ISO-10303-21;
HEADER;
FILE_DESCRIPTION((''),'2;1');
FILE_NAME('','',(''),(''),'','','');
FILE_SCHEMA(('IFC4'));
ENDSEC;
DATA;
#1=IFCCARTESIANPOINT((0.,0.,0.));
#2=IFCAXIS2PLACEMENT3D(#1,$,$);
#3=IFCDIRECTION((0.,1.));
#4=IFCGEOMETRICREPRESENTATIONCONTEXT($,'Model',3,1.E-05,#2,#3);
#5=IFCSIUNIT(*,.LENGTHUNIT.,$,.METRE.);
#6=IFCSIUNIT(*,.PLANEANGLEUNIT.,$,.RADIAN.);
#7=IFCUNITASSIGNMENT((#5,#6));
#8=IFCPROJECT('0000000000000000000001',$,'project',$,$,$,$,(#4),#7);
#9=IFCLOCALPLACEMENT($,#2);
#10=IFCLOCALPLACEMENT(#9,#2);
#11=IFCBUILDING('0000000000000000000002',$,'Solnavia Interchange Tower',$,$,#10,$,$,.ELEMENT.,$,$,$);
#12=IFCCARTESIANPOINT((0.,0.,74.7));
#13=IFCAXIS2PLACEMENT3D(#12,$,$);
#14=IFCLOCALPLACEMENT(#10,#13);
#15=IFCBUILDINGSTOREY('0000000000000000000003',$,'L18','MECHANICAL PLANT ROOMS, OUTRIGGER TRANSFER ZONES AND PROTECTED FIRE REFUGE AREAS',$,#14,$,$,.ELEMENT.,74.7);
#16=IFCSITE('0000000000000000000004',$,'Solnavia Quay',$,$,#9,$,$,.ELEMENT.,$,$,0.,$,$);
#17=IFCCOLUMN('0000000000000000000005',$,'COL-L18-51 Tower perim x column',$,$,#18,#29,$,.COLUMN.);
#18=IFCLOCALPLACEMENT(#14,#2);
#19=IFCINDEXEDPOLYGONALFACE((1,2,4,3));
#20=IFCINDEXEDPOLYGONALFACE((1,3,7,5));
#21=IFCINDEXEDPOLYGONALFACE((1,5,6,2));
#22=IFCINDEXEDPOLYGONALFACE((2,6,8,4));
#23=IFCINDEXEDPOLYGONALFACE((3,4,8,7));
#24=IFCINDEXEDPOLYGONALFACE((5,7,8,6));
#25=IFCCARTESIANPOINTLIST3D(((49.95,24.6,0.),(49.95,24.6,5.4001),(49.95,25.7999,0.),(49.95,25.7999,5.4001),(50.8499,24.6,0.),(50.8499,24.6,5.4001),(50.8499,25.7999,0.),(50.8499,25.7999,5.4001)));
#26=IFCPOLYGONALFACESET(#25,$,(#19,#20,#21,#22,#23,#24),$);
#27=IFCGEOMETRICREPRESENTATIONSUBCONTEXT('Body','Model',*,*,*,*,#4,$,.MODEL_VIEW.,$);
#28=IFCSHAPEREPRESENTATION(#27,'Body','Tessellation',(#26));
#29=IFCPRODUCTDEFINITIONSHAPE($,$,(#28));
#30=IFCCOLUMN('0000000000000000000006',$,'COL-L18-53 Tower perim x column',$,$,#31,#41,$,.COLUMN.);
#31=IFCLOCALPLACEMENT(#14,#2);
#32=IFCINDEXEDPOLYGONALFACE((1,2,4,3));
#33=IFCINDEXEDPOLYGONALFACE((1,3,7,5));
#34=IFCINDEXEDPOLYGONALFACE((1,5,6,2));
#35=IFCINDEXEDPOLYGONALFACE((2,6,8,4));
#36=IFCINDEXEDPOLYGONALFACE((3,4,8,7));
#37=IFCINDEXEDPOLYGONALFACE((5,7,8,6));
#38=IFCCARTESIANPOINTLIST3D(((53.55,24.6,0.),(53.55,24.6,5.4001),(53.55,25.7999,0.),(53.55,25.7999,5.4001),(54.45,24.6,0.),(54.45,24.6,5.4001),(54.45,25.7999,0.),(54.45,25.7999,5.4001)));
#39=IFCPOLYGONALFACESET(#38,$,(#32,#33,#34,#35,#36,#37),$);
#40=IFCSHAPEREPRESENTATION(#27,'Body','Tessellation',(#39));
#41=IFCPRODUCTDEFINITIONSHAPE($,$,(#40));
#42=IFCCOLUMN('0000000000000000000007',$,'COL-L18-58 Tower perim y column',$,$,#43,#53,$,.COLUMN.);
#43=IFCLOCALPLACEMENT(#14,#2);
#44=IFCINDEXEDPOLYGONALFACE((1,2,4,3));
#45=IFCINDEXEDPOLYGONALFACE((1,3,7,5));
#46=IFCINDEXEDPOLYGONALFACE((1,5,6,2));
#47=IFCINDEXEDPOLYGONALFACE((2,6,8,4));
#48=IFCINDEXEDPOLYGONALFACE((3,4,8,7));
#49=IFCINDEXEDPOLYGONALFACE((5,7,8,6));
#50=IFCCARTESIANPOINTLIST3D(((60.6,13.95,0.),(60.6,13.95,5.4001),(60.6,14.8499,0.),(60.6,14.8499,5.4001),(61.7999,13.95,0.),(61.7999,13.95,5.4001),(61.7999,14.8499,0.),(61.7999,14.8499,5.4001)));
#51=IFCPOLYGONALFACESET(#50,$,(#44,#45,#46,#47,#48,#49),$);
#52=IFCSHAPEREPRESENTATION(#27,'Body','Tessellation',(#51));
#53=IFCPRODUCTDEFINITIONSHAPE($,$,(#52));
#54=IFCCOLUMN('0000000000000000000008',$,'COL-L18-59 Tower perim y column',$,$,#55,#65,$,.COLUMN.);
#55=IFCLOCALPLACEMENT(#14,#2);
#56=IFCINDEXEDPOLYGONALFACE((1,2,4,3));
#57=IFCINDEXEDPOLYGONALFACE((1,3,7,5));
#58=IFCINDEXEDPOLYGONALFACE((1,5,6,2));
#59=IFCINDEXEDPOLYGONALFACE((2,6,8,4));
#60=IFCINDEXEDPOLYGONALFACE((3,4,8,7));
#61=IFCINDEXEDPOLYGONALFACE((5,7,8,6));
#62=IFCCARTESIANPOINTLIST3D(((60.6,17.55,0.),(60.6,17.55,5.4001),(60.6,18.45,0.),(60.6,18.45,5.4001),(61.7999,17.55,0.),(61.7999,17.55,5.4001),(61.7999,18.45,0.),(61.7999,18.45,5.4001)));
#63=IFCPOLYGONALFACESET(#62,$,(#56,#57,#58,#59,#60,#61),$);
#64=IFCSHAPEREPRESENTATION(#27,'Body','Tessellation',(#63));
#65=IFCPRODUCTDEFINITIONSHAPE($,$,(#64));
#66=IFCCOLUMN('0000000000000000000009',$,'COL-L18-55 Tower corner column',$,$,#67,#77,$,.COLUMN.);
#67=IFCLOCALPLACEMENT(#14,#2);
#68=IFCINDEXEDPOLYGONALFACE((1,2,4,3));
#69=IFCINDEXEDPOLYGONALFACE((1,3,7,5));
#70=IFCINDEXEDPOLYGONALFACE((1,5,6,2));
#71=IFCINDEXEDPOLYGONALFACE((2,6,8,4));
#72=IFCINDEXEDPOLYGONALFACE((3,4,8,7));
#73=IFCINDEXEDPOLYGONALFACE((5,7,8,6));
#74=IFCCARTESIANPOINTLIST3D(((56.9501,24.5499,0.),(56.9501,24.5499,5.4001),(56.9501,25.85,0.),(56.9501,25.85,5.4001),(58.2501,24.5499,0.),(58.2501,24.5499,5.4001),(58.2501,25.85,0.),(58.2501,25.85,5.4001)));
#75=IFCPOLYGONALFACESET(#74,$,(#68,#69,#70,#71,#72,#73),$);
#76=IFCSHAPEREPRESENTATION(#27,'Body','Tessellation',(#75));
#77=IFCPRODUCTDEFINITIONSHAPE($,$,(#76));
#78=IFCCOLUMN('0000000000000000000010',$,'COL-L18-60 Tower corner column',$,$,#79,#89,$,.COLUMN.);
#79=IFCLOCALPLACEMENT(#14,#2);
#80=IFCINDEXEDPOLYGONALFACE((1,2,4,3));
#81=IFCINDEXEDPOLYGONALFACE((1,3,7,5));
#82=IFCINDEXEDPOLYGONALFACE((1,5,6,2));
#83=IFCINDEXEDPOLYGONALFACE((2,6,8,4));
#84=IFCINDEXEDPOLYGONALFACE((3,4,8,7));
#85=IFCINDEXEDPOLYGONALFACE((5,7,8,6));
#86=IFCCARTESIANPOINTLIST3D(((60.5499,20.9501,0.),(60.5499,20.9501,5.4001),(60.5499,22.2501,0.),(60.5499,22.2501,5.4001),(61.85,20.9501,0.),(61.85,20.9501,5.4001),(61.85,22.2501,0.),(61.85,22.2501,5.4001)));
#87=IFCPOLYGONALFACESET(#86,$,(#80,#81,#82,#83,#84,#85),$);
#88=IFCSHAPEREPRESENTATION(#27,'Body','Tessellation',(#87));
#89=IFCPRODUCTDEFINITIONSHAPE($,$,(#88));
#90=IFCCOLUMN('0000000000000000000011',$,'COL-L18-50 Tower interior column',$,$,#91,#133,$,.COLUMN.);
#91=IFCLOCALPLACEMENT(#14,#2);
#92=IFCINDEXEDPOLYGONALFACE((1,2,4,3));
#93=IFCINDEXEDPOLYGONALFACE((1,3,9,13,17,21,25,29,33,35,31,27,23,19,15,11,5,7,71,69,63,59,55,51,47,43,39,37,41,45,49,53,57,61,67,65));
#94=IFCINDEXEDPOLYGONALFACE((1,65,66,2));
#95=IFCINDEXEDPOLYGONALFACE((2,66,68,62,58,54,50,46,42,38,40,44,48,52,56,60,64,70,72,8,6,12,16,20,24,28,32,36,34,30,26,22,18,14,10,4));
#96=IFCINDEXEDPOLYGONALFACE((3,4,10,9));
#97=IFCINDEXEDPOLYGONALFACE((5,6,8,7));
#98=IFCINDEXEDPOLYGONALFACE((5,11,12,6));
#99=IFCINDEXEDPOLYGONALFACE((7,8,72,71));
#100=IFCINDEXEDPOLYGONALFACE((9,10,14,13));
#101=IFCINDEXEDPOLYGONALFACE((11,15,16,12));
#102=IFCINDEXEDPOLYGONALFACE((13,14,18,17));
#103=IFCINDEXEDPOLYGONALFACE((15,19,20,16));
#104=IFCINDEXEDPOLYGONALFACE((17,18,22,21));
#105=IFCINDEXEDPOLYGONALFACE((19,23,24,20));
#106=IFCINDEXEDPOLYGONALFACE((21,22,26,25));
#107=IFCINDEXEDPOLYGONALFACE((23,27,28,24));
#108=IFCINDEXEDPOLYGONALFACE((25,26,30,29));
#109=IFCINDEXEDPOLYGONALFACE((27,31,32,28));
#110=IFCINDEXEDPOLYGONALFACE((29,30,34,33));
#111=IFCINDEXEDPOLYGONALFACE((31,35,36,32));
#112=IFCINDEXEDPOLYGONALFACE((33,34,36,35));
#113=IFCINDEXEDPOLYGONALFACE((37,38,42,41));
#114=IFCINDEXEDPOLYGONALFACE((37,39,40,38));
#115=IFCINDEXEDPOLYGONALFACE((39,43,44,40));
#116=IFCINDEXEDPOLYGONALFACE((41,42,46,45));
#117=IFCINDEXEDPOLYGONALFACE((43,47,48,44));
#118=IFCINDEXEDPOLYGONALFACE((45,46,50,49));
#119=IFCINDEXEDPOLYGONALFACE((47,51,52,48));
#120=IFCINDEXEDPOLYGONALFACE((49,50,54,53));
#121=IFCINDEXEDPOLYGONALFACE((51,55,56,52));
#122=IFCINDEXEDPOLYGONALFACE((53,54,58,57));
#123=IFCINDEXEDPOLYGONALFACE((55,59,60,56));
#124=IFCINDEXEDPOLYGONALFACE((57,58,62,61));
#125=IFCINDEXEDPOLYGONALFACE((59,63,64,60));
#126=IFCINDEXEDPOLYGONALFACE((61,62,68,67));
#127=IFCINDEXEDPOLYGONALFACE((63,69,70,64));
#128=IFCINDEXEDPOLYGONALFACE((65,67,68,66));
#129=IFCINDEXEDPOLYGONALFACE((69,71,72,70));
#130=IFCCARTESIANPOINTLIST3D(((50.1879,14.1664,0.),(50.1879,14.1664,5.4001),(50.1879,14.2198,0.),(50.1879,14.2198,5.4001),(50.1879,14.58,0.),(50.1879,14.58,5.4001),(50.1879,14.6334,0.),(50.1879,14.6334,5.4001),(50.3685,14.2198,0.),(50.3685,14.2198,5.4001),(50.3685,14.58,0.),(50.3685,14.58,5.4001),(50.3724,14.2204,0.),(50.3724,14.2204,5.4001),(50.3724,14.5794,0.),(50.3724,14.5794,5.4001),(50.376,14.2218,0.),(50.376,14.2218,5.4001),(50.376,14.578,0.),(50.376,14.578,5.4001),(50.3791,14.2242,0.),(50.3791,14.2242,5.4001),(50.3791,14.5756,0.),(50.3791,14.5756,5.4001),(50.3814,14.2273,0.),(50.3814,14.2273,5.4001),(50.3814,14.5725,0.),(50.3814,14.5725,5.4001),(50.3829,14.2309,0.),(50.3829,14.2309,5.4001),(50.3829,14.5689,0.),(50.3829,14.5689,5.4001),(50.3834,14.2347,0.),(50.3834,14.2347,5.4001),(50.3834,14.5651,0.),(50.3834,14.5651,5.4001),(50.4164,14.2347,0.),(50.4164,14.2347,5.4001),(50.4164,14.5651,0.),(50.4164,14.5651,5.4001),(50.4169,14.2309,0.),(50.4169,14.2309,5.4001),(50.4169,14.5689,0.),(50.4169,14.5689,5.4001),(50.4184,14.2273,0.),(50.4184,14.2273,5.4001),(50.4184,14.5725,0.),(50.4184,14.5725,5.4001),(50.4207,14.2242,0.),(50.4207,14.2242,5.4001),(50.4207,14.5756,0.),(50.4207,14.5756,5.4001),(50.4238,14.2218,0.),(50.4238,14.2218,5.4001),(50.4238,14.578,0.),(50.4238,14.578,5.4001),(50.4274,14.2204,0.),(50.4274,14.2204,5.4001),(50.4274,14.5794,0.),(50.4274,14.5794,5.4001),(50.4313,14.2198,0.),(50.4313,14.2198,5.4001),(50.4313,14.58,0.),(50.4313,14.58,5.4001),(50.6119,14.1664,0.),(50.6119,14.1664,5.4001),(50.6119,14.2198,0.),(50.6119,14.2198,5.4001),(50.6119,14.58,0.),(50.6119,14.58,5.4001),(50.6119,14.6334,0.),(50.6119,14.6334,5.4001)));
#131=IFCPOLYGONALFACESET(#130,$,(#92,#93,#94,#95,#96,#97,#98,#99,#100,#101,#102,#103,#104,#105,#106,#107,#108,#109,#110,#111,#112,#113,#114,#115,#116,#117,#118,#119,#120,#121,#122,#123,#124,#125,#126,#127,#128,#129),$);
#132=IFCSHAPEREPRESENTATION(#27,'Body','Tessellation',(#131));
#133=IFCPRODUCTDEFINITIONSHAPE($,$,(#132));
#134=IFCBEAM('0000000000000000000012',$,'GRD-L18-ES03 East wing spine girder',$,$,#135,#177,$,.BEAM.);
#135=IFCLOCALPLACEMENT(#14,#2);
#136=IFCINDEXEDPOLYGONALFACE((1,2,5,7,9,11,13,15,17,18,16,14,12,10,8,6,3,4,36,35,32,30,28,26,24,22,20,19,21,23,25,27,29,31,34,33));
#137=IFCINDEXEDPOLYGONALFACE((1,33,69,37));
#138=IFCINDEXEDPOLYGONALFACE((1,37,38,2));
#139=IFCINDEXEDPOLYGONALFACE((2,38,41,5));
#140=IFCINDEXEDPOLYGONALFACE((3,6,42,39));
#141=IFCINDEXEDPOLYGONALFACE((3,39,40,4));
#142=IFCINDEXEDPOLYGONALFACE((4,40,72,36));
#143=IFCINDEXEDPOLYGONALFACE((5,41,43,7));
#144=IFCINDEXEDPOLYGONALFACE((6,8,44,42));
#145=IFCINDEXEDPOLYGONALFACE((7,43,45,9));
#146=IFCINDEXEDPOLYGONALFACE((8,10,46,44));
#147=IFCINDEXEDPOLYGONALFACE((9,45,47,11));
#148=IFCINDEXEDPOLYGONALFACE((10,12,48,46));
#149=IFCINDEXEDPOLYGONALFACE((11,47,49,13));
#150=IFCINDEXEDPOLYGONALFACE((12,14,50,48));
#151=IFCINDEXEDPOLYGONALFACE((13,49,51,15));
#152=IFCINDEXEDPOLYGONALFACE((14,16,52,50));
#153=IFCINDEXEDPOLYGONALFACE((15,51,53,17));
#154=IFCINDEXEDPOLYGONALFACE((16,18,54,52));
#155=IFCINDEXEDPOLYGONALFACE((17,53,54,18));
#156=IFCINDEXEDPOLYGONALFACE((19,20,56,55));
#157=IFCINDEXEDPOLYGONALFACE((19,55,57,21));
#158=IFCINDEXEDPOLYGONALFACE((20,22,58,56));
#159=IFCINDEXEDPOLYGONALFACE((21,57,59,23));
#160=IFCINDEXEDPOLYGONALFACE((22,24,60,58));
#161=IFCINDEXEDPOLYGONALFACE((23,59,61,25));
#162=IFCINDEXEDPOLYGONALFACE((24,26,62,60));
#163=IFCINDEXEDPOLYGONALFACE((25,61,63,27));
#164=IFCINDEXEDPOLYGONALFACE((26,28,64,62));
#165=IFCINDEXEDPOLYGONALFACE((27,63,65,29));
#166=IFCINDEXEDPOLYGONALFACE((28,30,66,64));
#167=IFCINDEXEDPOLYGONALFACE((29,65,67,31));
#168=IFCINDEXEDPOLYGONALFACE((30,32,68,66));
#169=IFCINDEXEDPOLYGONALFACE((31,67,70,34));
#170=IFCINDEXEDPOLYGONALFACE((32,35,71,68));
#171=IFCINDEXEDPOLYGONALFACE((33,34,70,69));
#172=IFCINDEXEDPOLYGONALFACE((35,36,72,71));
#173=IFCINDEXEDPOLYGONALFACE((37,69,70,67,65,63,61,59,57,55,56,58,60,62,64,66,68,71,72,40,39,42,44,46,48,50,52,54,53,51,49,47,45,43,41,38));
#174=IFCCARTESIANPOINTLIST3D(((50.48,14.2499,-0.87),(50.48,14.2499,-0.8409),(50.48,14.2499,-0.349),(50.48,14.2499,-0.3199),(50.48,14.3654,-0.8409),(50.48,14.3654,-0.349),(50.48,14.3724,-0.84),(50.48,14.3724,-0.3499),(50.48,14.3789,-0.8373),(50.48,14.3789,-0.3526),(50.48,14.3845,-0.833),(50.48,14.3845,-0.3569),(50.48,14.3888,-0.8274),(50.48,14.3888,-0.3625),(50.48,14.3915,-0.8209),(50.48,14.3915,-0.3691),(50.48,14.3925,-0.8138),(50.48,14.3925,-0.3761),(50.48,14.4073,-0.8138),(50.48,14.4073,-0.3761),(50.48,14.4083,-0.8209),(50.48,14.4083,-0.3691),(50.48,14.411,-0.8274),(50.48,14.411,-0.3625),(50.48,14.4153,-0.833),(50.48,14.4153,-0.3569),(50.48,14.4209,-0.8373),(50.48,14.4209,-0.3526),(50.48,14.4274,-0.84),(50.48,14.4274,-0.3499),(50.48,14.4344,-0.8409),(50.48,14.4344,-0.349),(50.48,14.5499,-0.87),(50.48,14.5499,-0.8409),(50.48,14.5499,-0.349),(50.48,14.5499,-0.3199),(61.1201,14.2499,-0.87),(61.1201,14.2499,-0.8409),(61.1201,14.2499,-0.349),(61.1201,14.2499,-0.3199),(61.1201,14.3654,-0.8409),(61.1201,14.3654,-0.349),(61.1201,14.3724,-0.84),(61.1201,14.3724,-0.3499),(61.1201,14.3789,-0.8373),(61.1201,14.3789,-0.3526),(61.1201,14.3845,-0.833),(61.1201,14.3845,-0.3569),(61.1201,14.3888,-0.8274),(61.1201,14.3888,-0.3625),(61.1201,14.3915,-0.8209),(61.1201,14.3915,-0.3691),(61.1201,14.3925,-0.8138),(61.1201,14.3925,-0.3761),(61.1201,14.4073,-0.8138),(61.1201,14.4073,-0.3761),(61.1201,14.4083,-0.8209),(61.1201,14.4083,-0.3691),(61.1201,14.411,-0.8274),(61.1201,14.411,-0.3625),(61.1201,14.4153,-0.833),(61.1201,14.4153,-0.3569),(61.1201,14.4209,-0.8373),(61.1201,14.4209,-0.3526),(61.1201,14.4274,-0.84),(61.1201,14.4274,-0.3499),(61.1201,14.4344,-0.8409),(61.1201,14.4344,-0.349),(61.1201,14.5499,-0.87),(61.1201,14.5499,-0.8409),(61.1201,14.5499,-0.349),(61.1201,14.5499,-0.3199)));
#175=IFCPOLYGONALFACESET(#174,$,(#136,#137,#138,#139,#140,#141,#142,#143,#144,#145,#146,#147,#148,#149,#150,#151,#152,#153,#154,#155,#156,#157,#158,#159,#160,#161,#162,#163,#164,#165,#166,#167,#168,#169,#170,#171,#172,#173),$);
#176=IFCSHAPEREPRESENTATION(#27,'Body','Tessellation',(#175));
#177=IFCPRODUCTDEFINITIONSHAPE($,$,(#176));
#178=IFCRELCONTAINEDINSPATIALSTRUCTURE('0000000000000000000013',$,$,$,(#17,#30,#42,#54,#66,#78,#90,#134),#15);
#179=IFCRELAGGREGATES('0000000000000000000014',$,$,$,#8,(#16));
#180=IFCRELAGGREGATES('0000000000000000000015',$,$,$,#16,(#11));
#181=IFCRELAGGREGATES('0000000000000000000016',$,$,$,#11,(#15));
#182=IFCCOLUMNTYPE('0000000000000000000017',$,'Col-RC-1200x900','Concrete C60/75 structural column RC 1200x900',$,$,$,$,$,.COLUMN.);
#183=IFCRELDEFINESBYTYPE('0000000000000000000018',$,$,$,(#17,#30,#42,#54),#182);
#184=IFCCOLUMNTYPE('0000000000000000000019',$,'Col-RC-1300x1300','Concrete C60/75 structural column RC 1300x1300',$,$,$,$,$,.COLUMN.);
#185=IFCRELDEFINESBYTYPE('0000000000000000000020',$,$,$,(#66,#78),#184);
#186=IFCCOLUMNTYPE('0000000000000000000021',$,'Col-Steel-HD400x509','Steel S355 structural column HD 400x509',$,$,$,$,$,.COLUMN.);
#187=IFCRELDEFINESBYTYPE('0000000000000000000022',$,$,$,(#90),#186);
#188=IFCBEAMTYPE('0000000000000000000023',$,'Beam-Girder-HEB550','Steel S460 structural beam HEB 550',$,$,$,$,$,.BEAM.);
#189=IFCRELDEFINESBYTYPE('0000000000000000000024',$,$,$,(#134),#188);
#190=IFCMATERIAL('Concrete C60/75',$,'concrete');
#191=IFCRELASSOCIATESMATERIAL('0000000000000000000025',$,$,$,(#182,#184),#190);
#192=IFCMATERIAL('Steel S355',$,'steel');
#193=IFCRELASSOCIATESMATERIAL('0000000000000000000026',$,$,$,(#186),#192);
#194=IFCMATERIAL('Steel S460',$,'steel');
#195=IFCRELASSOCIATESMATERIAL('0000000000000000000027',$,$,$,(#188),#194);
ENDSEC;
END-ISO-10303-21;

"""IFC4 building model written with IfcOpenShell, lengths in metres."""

from ifc_helpers import new_model, si_unit, direction, frame, origin, origin_2d, place, context, subcontext, project, spatial, rectangle, i_section, extrude, material, material_profile, profile_set, type_object, element, save


model = new_model("IFC4")

# Units and contexts
model_context = context("Model", 3, precision=1e-05, world=origin(), true_north=direction((0.0, 1.0)))
body_context = subcontext(model_context, "Body", "Model", "MODEL_VIEW")
ifc_project = project(units=[si_unit("LENGTHUNIT", "METRE"), si_unit("PLANEANGLEUNIT", "RADIAN")], contexts=[model_context])

# Site, building, storey
site_placement = place(None, origin())
site = spatial("IfcSite", under=ifc_project, at=site_placement, Name="Solnavia Quay", CompositionType="ELEMENT", RefElevation=0.0)
building_placement = place(site_placement, origin())
building = spatial("IfcBuilding", under=site, at=building_placement, Name="Solnavia Interchange Tower", CompositionType="ELEMENT")
storey_placement = place(building_placement, frame((0.0, 0.0, 74.7)))
storey = spatial("IfcBuildingStorey", under=building, at=storey_placement, Name="L18", Description="MECHANICAL PLANT ROOMS, OUTRIGGER TRANSFER ZONES AND PROTECTED FIRE REFUGE AREAS", CompositionType="ELEMENT", Elevation=74.7)

# Columns
ifc_material_1 = material(Name="Concrete C60/75", Category="concrete")
ifc_material_profile_1 = material_profile(ifc_material_1, rectangle(XDim=0.8999, YDim=1.2, at=origin_2d()), Name="RC 1200x900")
ifc_profile_set_1 = profile_set([ifc_material_profile_1], Name="Concrete C60/75")
column_type_1 = type_object("IfcColumnType", Name="Col-RC-1200x900", Description="Concrete C60/75 structural column RC 1200x900", PredefinedType="COLUMN", material=ifc_profile_set_1)
for number, where, z_axis, x_axis, name in (
    (1, (50.3999, 25.2, 0.0), (0.0, 0.0, 1.0), (1.0, 0.0, 0.0), "COL-L18-51 Tower perim x column"),
    (2, (54.0, 25.2, 0.0), (0.0, 0.0, 1.0), (1.0, 0.0, 0.0), "COL-L18-53 Tower perim x column"),
    (3, (61.2, 14.3999, 0.0), (0.0, 0.0, 1.0), (0.0, 1.0, 0.0), "COL-L18-58 Tower perim y column"),
    (4, (61.2, 18.0, 0.0), (0.0, 0.0, 1.0), (0.0, 1.0, 0.0), "COL-L18-59 Tower perim y column"),
):
    element("IfcColumn", number, at=place(storey_placement, frame(where, z_axis=z_axis, x_axis=x_axis)), inside=storey, type_object=column_type_1, Name=name, PredefinedType="COLUMN", context=body_context, shape_type="SweptSolid", body=[
        extrude(rectangle(XDim=0.8999, YDim=1.2, at=origin_2d()), origin(), (0.0, 0.0, 1.0), 5.4001),
    ])
ifc_material_profile_2 = material_profile(ifc_material_1, rectangle(XDim=1.3, YDim=1.3, at=origin_2d()), Name="RC 1300x1300")
ifc_profile_set_2 = profile_set([ifc_material_profile_2], Name="Concrete C60/75")
column_type_2 = type_object("IfcColumnType", Name="Col-RC-1300x1300", Description="Concrete C60/75 structural column RC 1300x1300", PredefinedType="COLUMN", material=ifc_profile_set_2)
for number, where, z_axis, x_axis, name in (
    (5, (57.6001, 25.2, 0.0), (0.0, 0.0, 1.0), (1.0, 0.0, 0.0), "COL-L18-55 Tower corner column"),
    (6, (61.2, 21.6001, 0.0), (0.0, 0.0, 1.0), (0.0, 1.0, 0.0), "COL-L18-60 Tower corner column"),
):
    element("IfcColumn", number, at=place(storey_placement, frame(where, z_axis=z_axis, x_axis=x_axis)), inside=storey, type_object=column_type_2, Name=name, PredefinedType="COLUMN", context=body_context, shape_type="SweptSolid", body=[
        extrude(rectangle(XDim=1.3, YDim=1.3, at=origin_2d()), origin(), (0.0, 0.0, 1.0), 5.4001),
    ])
ifc_material_2 = material(Name="Steel S355", Category="steel")
ifc_material_profile_3 = material_profile(ifc_material_2, i_section(OverallWidth=0.4241, OverallDepth=0.467, WebThickness=0.033, FlangeThickness=0.0535, FilletRadius=0.0149, at=origin_2d()), Name="HD 400x509")
ifc_profile_set_3 = profile_set([ifc_material_profile_3], Name="Steel S355")
column_type_3 = type_object("IfcColumnType", Name="Col-Steel-HD400x509", Description="Steel S355 structural column HD 400x509", PredefinedType="COLUMN", material=ifc_profile_set_3)
column_placement = place(storey_placement, frame((50.3999, 14.3999, 0.0), z_axis=(0.0, 0.0, 1.0), x_axis=(1.0, 0.0, 0.0)))
element("IfcColumn", 7, at=column_placement, inside=storey, type_object=column_type_3, Name="COL-L18-50 Tower interior column", PredefinedType="COLUMN", context=body_context, shape_type="SweptSolid", body=[
    extrude(i_section(OverallWidth=0.4241, OverallDepth=0.467, WebThickness=0.033, FlangeThickness=0.0535, FilletRadius=0.0149, at=origin_2d()), origin(), (0.0, 0.0, 1.0), 5.4001),
])

# Beam
ifc_material_3 = material(Name="Steel S460", Category="steel")
ifc_material_profile_4 = material_profile(ifc_material_3, i_section(OverallWidth=0.3, OverallDepth=0.55, WebThickness=0.0149, FlangeThickness=0.0291, FilletRadius=0.0271, at=origin_2d()), Name="HEB 550")
ifc_profile_set_4 = profile_set([ifc_material_profile_4], Name="Steel S460")
beam_type_1 = type_object("IfcBeamType", Name="Beam-Girder-HEB550", Description="Steel S460 structural beam HEB 550", PredefinedType="BEAM", material=ifc_profile_set_4)
beam_1_placement = place(storey_placement, frame((50.48, 14.3999, -0.595), z_axis=(1.0, 0.0, 0.0), x_axis=(0.0, 1.0, 0.0)))
element("IfcBeam", 8, at=beam_1_placement, inside=storey, type_object=beam_type_1, Name="GRD-L18-ES03 East wing spine girder", PredefinedType="BEAM", context=body_context, shape_type="SweptSolid", body=[
    extrude(i_section(OverallWidth=0.3, OverallDepth=0.55, WebThickness=0.0149, FlangeThickness=0.0291, FilletRadius=0.0271, at=origin_2d()), origin(), (0.0, 0.0, 1.0), 10.6401),
])

save(model, "model.ifc")
